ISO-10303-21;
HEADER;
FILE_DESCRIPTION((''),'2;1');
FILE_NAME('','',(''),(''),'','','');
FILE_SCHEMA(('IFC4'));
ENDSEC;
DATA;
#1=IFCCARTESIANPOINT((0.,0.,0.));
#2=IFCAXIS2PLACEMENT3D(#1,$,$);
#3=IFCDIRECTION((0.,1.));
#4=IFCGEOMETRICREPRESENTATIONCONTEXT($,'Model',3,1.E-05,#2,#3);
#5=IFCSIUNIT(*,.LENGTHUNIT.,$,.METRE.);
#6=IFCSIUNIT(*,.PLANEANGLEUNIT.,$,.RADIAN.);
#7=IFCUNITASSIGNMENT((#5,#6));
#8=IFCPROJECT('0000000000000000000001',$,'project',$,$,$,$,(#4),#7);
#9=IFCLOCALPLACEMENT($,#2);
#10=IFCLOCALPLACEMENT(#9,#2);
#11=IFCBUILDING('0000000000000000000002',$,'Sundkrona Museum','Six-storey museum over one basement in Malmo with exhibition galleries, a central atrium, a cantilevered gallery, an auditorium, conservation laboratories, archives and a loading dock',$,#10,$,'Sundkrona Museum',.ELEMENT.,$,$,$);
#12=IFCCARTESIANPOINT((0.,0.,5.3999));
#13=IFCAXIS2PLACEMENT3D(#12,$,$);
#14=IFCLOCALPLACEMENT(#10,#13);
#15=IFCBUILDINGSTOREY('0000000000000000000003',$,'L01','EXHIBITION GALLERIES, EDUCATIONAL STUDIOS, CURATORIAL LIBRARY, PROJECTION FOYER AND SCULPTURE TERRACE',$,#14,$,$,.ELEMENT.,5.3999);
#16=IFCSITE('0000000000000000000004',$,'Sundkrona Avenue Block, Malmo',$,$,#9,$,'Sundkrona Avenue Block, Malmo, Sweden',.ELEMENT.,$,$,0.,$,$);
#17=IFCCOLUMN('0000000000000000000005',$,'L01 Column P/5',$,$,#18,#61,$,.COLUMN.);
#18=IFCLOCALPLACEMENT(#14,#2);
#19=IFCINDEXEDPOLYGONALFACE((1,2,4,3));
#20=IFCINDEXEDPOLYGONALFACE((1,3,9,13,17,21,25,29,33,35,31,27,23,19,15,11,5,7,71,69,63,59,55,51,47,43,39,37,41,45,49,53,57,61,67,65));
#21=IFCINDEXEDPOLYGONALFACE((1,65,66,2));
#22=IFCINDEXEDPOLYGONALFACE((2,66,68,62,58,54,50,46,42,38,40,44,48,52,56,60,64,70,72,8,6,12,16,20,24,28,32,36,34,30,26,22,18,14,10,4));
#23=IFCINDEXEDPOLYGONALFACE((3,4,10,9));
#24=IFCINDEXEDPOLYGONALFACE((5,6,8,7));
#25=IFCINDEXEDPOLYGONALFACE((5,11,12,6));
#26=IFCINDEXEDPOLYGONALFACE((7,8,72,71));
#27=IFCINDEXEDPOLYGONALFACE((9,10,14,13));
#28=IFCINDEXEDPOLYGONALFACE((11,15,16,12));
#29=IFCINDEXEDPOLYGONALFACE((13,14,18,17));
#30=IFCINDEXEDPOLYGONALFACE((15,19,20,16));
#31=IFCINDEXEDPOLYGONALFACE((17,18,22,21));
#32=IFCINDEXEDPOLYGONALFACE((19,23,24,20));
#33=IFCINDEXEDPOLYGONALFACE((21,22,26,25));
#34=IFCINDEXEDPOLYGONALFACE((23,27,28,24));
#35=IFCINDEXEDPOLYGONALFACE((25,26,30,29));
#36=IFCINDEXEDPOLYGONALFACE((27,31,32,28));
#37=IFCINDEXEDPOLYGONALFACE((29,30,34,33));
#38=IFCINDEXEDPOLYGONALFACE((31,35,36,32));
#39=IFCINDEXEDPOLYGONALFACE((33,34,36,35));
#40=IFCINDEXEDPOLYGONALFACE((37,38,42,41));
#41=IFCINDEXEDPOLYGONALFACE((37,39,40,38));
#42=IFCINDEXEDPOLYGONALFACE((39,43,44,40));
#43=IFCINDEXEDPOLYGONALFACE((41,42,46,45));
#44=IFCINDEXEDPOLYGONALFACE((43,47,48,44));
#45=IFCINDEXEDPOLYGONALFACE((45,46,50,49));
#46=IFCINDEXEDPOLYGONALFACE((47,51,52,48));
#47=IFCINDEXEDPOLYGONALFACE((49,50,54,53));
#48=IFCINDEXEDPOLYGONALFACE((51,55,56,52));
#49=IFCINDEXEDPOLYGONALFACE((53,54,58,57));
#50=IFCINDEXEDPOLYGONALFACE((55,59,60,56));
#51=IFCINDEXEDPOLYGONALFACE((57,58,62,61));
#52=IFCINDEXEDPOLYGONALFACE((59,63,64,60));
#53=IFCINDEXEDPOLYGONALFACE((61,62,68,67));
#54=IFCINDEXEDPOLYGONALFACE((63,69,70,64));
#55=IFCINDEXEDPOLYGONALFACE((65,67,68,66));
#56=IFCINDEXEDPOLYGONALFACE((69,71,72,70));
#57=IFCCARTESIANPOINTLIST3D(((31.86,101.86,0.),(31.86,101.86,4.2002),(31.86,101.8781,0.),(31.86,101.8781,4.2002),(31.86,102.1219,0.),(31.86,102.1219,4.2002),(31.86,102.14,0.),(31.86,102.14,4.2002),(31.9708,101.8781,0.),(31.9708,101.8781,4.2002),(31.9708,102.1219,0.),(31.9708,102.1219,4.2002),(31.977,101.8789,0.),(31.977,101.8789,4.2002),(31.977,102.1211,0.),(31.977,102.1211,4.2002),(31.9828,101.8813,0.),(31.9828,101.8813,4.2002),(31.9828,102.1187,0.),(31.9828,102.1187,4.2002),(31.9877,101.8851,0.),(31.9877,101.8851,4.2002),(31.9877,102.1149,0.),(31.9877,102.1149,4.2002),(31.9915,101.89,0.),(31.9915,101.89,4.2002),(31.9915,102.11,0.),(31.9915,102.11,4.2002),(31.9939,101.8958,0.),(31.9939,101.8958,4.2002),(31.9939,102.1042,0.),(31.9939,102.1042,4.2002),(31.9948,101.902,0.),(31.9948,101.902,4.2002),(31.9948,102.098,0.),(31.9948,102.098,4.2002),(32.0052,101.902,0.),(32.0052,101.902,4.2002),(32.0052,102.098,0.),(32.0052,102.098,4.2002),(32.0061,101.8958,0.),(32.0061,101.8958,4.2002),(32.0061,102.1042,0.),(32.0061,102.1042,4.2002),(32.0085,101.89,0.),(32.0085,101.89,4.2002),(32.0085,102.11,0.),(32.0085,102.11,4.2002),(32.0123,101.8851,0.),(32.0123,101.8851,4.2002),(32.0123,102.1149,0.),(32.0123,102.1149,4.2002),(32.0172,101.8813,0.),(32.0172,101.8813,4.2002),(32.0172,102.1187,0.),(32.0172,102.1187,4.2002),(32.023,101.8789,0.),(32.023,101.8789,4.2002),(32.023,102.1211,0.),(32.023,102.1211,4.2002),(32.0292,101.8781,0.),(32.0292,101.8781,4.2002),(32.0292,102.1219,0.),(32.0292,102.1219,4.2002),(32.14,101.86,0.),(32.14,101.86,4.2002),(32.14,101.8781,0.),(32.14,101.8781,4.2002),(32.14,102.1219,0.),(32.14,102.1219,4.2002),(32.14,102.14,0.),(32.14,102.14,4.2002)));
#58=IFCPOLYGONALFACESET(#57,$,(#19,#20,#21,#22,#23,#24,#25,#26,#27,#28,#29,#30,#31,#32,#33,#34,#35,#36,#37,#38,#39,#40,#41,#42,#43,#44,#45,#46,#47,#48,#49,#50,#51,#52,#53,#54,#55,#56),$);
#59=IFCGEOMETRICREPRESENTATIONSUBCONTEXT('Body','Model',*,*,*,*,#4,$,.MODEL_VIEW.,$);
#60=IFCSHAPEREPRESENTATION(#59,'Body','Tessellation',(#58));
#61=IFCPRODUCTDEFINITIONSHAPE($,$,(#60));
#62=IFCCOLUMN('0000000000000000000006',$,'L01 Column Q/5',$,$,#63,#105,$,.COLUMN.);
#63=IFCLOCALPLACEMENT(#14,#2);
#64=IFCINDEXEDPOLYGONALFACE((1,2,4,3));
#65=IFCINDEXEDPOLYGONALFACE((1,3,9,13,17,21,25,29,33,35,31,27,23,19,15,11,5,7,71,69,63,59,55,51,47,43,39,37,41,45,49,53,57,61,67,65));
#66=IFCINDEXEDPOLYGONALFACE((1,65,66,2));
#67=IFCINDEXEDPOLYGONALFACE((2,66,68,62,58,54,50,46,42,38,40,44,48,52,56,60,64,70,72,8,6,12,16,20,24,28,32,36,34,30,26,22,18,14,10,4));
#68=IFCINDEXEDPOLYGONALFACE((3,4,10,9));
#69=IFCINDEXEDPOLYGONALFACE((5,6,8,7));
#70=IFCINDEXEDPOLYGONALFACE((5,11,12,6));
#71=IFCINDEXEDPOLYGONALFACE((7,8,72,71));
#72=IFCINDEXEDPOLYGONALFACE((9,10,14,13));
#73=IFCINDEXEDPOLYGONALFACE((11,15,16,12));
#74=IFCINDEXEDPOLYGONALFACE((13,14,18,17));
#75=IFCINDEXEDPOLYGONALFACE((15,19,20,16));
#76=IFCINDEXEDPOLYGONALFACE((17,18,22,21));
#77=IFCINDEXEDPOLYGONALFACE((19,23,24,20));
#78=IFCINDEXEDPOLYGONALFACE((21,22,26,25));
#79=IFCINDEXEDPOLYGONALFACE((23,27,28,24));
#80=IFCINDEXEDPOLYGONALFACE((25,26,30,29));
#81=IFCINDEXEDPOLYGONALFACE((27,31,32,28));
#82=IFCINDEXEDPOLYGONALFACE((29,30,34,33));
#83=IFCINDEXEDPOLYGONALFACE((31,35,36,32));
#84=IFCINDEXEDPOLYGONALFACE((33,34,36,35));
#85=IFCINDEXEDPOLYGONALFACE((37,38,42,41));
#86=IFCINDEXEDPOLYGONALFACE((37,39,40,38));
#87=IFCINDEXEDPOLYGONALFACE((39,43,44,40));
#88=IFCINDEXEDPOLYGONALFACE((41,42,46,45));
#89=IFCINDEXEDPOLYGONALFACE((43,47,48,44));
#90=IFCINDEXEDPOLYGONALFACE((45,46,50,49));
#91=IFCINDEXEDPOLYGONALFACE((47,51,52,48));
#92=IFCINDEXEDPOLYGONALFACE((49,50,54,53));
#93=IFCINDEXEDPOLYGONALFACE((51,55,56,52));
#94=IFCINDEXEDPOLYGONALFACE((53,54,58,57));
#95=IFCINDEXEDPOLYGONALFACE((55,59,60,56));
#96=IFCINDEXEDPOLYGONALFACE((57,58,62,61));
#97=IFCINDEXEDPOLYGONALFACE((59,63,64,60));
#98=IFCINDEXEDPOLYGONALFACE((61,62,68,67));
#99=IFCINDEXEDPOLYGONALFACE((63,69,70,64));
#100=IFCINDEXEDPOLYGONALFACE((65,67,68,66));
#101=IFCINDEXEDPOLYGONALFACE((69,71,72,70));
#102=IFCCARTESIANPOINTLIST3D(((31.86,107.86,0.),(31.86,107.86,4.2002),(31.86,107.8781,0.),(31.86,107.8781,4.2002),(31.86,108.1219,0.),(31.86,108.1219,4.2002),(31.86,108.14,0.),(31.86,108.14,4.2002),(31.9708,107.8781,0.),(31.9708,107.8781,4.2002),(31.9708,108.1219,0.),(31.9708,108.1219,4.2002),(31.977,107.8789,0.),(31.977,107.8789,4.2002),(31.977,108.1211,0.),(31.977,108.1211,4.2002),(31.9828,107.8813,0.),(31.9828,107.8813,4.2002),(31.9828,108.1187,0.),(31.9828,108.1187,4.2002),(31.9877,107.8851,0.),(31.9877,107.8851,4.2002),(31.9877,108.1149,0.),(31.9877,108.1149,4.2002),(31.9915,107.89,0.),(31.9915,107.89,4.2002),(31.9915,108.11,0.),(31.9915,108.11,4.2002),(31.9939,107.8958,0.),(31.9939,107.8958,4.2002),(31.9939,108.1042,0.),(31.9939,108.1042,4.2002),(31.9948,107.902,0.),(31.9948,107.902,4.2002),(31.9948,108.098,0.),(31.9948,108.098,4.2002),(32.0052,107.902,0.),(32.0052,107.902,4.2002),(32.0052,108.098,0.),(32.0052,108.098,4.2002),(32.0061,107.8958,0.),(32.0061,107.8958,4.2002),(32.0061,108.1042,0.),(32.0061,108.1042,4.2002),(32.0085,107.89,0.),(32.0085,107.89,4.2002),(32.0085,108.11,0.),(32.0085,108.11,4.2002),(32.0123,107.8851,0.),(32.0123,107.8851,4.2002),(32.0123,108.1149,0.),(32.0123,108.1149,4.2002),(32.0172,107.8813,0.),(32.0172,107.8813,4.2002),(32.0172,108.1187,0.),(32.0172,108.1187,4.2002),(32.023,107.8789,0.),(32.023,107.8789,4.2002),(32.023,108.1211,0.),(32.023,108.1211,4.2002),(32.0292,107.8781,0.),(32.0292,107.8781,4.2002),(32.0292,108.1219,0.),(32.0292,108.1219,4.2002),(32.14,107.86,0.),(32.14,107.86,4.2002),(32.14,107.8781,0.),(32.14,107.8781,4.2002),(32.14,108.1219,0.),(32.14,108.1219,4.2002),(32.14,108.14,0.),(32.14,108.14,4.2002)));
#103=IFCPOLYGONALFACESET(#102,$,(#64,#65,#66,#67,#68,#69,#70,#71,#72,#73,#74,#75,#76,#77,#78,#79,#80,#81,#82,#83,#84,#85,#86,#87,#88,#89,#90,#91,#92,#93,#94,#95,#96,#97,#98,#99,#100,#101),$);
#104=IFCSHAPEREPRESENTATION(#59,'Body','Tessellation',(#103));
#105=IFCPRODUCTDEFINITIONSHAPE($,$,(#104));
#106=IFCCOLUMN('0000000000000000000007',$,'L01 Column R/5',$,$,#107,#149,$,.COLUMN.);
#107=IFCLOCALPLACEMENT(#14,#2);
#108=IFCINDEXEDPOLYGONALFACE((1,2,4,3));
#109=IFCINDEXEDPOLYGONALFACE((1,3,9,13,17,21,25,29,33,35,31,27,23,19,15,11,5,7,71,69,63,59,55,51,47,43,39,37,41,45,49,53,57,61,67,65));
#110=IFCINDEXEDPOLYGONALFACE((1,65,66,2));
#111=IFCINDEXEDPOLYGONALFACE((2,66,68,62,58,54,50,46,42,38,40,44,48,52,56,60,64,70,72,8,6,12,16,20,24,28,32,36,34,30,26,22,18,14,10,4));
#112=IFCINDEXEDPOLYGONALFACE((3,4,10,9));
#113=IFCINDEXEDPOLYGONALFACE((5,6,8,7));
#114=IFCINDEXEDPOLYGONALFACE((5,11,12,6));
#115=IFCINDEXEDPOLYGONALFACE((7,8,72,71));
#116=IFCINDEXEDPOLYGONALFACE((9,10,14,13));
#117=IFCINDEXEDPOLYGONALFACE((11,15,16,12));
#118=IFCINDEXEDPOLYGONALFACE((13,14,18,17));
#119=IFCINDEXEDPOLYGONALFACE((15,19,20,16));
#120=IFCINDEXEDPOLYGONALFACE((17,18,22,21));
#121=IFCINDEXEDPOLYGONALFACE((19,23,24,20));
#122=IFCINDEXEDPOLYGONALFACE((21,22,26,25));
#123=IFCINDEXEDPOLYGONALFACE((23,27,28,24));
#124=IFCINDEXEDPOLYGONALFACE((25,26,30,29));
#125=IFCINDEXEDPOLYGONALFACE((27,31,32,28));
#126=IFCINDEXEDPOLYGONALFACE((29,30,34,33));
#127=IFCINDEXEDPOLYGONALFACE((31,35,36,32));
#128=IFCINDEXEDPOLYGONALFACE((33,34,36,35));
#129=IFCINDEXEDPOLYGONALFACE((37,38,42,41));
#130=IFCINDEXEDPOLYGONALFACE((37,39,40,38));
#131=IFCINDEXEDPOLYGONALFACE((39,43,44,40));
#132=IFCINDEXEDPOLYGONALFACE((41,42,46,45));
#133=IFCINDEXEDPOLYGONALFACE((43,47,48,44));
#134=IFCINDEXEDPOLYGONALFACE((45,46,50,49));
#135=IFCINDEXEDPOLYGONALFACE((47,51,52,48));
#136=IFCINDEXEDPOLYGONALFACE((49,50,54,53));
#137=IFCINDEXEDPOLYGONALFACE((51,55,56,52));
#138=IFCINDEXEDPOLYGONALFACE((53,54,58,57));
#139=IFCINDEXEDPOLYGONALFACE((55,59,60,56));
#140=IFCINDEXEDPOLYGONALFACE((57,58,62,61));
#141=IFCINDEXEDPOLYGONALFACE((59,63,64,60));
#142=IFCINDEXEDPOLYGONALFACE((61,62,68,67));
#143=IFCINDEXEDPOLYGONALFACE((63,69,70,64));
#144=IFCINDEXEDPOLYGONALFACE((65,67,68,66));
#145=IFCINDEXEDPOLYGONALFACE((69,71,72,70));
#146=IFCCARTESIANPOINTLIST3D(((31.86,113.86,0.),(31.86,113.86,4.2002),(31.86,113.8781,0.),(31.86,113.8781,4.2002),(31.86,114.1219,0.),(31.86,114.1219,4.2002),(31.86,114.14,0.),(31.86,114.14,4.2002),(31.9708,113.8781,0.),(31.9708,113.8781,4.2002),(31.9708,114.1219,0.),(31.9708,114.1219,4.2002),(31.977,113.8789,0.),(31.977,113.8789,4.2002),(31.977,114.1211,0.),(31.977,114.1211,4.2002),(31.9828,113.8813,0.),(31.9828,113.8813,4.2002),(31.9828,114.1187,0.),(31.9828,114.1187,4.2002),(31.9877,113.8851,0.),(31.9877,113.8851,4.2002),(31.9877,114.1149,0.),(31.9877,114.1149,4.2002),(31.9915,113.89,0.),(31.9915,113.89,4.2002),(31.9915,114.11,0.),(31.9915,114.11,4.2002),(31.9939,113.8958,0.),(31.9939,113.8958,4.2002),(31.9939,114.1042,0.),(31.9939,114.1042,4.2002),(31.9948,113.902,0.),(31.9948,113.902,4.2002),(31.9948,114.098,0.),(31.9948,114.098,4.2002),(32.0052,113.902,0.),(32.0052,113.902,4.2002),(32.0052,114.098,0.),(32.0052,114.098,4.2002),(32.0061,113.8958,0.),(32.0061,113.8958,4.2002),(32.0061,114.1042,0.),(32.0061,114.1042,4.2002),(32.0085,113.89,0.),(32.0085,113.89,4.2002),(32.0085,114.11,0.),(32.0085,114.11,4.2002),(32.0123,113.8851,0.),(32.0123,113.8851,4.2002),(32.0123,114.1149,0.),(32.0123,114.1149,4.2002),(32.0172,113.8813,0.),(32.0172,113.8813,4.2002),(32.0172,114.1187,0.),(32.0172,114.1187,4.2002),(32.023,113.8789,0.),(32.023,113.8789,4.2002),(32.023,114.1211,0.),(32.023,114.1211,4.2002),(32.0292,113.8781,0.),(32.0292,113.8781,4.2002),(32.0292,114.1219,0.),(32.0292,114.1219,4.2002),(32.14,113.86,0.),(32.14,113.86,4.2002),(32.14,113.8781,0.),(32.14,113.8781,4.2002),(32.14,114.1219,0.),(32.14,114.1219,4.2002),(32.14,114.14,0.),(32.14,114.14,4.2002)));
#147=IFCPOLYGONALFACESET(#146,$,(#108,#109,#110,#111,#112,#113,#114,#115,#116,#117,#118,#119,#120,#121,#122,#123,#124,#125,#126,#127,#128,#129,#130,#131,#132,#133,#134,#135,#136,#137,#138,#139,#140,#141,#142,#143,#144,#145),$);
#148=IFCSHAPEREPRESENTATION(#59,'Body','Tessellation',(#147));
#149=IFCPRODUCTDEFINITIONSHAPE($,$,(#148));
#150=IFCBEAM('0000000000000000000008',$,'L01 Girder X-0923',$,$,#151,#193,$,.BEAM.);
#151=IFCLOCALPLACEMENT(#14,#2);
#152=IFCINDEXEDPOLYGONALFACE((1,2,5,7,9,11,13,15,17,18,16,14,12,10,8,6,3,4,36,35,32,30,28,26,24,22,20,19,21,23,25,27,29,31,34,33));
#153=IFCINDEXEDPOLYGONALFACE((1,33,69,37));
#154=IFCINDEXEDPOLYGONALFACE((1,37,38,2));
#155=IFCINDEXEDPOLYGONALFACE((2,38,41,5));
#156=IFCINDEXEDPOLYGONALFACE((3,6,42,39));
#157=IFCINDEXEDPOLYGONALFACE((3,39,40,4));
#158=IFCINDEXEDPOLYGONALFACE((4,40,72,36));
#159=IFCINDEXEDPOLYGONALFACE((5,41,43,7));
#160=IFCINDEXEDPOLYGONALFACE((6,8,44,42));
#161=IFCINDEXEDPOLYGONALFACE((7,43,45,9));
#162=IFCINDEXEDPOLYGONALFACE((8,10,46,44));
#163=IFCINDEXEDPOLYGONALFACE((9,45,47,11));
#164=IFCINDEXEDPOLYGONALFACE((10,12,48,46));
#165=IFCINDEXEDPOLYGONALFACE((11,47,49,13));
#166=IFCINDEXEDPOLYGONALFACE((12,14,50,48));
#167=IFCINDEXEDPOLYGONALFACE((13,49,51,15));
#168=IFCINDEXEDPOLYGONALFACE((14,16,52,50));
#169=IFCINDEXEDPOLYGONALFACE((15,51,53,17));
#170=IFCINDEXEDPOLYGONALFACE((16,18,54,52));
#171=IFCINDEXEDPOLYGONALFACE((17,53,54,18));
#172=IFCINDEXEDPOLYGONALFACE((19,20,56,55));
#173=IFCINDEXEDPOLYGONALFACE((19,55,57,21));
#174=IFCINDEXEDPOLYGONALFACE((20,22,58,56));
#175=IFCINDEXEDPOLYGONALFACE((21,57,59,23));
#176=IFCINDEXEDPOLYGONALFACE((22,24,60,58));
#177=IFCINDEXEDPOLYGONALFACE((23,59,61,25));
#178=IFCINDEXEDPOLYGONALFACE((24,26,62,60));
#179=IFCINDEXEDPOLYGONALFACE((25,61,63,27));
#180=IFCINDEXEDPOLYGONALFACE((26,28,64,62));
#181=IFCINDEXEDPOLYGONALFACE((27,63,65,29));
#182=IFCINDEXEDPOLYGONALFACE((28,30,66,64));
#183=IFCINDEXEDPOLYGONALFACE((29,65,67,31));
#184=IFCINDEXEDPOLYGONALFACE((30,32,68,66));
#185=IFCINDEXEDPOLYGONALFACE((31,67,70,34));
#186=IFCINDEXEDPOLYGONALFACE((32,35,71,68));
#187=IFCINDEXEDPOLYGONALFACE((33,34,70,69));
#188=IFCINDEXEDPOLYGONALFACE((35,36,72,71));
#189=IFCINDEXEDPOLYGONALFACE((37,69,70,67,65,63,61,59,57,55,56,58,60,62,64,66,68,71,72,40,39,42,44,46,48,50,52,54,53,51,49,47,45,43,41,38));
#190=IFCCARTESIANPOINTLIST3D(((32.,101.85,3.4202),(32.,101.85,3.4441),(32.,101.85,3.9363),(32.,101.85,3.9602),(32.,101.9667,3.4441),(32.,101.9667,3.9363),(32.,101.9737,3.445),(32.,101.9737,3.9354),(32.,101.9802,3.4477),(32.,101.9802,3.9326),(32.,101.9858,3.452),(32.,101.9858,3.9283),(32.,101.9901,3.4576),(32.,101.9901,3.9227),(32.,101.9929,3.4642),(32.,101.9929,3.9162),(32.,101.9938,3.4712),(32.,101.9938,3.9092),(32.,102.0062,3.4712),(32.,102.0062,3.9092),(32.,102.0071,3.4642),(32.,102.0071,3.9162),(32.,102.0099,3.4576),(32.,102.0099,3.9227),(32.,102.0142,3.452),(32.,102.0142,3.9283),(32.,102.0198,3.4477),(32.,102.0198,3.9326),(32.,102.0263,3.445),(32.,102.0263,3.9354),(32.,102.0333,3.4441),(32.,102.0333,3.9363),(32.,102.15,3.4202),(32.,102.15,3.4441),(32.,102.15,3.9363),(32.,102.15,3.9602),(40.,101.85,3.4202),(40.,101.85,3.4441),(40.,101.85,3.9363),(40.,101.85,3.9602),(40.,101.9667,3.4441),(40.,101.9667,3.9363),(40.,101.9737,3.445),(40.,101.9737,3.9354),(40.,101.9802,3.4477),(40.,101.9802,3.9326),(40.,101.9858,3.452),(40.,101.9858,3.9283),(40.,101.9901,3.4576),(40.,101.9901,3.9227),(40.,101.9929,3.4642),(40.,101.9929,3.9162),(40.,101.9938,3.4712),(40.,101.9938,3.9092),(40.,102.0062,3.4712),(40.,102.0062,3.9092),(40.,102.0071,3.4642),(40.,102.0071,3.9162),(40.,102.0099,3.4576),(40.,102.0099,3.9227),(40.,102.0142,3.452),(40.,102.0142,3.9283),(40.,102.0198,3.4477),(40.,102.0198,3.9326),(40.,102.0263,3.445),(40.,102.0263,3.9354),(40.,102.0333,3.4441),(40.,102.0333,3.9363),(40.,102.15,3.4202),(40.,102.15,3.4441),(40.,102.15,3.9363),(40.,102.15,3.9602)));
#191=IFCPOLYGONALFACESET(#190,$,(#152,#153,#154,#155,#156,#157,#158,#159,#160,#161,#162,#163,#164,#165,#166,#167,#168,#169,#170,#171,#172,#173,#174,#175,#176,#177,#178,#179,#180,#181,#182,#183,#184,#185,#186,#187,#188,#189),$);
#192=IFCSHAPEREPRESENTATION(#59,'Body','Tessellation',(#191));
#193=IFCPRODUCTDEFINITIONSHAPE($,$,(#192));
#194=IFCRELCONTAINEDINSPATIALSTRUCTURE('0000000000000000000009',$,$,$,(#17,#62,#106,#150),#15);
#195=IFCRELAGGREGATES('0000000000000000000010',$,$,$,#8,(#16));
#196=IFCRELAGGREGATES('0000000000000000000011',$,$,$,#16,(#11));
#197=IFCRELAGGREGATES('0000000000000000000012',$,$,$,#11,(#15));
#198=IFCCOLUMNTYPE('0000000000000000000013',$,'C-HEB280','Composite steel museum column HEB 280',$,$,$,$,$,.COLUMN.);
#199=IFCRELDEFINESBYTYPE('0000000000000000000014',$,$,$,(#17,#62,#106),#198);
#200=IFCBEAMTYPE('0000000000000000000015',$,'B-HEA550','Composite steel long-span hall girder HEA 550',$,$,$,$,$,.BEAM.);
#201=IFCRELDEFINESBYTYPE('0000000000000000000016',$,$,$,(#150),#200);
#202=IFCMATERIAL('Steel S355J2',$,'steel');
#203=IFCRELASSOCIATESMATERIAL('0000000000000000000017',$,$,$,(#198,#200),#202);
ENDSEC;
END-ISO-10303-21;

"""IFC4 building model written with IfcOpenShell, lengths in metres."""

from ifc_helpers import new_model, si_unit, direction, frame, origin, origin_2d, place, context, subcontext, project, spatial, i_section, extrude, material, material_profile, profile_set, type_object, element, save


model = new_model("IFC4")

# Units and contexts
model_context = context("Model", 3, precision=1e-05, world=origin(), true_north=direction((0.0, 1.0)))
body_context = subcontext(model_context, "Body", "Model", "MODEL_VIEW")
ifc_project = project(units=[si_unit("LENGTHUNIT", "METRE"), si_unit("PLANEANGLEUNIT", "RADIAN")], contexts=[model_context])

# Site, building, storey
site_placement = place(None, origin())
site = spatial("IfcSite", under=ifc_project, at=site_placement, Name="Sundkrona Avenue Block, Malmo", LongName="Sundkrona Avenue Block, Malmo, Sweden", CompositionType="ELEMENT", RefElevation=0.0)
building_placement = place(site_placement, origin())
building = spatial("IfcBuilding", under=site, at=building_placement, Name="Sundkrona Museum", Description="Six-storey museum over one basement in Malmo with exhibition galleries, a central atrium, a cantilevered gallery, an auditorium, conservation laboratories, archives and a loading dock", LongName="Sundkrona Museum", CompositionType="ELEMENT")
storey_placement = place(building_placement, frame((0.0, 0.0, 5.3999)))
storey = spatial("IfcBuildingStorey", under=building, at=storey_placement, Name="L01", Description="EXHIBITION GALLERIES, EDUCATIONAL STUDIOS, CURATORIAL LIBRARY, PROJECTION FOYER AND SCULPTURE TERRACE", CompositionType="ELEMENT", Elevation=5.3999)

# Columns
ifc_material_1 = material(Name="Steel S355J2", Category="steel")
ifc_material_profile_1 = material_profile(ifc_material_1, i_section(OverallWidth=0.28, OverallDepth=0.28, WebThickness=0.0105, FlangeThickness=0.0181, FilletRadius=0.0239, at=origin_2d()), Name="HEB 280")
ifc_profile_set_1 = profile_set([ifc_material_profile_1], Name="Steel S355J2")
column_type = type_object("IfcColumnType", Name="C-HEB280", Description="Composite steel museum column HEB 280", PredefinedType="COLUMN", material=ifc_profile_set_1)
for number, where, z_axis, x_axis, name in (
    (1, (32.0, 102.0, 0.0), (0.0, 0.0, 1.0), (1.0, 0.0, 0.0), "L01 Column P/5"),
    (2, (32.0, 108.0, 0.0), (0.0, 0.0, 1.0), (1.0, 0.0, 0.0), "L01 Column Q/5"),
    (3, (32.0, 114.0, 0.0), (0.0, 0.0, 1.0), (1.0, 0.0, 0.0), "L01 Column R/5"),
):
    element("IfcColumn", number, at=place(storey_placement, frame(where, z_axis=z_axis, x_axis=x_axis)), inside=storey, type_object=column_type, Name=name, PredefinedType="COLUMN", context=body_context, shape_type="SweptSolid", body=[
        extrude(i_section(OverallWidth=0.28, OverallDepth=0.28, WebThickness=0.0105, FlangeThickness=0.0181, FilletRadius=0.0239, at=origin_2d()), origin(), (0.0, 0.0, 1.0), 4.2002),
    ])

# Beam
ifc_material_profile_2 = material_profile(ifc_material_1, i_section(OverallWidth=0.3, OverallDepth=0.54, WebThickness=0.0125, FlangeThickness=0.0239, FilletRadius=0.0271, at=origin_2d()), Name="HEA 550")
ifc_profile_set_2 = profile_set([ifc_material_profile_2], Name="Steel S355J2")
beam_type_1 = type_object("IfcBeamType", Name="B-HEA550", Description="Composite steel long-span hall girder HEA 550", PredefinedType="BEAM", material=ifc_profile_set_2)
beam_1_placement = place(storey_placement, frame((32.0, 102.0, 3.6902), z_axis=(1.0, 0.0, 0.0), x_axis=(0.0, 1.0, 0.0)))
element("IfcBeam", 4, at=beam_1_placement, inside=storey, type_object=beam_type_1, Name="L01 Girder X-0923", PredefinedType="BEAM", context=body_context, shape_type="SweptSolid", body=[
    extrude(i_section(OverallWidth=0.3, OverallDepth=0.54, WebThickness=0.0125, FlangeThickness=0.0239, FilletRadius=0.0271, at=origin_2d()), origin(), (0.0, 0.0, 1.0), 8.0),
])

save(model, "model.ifc")
